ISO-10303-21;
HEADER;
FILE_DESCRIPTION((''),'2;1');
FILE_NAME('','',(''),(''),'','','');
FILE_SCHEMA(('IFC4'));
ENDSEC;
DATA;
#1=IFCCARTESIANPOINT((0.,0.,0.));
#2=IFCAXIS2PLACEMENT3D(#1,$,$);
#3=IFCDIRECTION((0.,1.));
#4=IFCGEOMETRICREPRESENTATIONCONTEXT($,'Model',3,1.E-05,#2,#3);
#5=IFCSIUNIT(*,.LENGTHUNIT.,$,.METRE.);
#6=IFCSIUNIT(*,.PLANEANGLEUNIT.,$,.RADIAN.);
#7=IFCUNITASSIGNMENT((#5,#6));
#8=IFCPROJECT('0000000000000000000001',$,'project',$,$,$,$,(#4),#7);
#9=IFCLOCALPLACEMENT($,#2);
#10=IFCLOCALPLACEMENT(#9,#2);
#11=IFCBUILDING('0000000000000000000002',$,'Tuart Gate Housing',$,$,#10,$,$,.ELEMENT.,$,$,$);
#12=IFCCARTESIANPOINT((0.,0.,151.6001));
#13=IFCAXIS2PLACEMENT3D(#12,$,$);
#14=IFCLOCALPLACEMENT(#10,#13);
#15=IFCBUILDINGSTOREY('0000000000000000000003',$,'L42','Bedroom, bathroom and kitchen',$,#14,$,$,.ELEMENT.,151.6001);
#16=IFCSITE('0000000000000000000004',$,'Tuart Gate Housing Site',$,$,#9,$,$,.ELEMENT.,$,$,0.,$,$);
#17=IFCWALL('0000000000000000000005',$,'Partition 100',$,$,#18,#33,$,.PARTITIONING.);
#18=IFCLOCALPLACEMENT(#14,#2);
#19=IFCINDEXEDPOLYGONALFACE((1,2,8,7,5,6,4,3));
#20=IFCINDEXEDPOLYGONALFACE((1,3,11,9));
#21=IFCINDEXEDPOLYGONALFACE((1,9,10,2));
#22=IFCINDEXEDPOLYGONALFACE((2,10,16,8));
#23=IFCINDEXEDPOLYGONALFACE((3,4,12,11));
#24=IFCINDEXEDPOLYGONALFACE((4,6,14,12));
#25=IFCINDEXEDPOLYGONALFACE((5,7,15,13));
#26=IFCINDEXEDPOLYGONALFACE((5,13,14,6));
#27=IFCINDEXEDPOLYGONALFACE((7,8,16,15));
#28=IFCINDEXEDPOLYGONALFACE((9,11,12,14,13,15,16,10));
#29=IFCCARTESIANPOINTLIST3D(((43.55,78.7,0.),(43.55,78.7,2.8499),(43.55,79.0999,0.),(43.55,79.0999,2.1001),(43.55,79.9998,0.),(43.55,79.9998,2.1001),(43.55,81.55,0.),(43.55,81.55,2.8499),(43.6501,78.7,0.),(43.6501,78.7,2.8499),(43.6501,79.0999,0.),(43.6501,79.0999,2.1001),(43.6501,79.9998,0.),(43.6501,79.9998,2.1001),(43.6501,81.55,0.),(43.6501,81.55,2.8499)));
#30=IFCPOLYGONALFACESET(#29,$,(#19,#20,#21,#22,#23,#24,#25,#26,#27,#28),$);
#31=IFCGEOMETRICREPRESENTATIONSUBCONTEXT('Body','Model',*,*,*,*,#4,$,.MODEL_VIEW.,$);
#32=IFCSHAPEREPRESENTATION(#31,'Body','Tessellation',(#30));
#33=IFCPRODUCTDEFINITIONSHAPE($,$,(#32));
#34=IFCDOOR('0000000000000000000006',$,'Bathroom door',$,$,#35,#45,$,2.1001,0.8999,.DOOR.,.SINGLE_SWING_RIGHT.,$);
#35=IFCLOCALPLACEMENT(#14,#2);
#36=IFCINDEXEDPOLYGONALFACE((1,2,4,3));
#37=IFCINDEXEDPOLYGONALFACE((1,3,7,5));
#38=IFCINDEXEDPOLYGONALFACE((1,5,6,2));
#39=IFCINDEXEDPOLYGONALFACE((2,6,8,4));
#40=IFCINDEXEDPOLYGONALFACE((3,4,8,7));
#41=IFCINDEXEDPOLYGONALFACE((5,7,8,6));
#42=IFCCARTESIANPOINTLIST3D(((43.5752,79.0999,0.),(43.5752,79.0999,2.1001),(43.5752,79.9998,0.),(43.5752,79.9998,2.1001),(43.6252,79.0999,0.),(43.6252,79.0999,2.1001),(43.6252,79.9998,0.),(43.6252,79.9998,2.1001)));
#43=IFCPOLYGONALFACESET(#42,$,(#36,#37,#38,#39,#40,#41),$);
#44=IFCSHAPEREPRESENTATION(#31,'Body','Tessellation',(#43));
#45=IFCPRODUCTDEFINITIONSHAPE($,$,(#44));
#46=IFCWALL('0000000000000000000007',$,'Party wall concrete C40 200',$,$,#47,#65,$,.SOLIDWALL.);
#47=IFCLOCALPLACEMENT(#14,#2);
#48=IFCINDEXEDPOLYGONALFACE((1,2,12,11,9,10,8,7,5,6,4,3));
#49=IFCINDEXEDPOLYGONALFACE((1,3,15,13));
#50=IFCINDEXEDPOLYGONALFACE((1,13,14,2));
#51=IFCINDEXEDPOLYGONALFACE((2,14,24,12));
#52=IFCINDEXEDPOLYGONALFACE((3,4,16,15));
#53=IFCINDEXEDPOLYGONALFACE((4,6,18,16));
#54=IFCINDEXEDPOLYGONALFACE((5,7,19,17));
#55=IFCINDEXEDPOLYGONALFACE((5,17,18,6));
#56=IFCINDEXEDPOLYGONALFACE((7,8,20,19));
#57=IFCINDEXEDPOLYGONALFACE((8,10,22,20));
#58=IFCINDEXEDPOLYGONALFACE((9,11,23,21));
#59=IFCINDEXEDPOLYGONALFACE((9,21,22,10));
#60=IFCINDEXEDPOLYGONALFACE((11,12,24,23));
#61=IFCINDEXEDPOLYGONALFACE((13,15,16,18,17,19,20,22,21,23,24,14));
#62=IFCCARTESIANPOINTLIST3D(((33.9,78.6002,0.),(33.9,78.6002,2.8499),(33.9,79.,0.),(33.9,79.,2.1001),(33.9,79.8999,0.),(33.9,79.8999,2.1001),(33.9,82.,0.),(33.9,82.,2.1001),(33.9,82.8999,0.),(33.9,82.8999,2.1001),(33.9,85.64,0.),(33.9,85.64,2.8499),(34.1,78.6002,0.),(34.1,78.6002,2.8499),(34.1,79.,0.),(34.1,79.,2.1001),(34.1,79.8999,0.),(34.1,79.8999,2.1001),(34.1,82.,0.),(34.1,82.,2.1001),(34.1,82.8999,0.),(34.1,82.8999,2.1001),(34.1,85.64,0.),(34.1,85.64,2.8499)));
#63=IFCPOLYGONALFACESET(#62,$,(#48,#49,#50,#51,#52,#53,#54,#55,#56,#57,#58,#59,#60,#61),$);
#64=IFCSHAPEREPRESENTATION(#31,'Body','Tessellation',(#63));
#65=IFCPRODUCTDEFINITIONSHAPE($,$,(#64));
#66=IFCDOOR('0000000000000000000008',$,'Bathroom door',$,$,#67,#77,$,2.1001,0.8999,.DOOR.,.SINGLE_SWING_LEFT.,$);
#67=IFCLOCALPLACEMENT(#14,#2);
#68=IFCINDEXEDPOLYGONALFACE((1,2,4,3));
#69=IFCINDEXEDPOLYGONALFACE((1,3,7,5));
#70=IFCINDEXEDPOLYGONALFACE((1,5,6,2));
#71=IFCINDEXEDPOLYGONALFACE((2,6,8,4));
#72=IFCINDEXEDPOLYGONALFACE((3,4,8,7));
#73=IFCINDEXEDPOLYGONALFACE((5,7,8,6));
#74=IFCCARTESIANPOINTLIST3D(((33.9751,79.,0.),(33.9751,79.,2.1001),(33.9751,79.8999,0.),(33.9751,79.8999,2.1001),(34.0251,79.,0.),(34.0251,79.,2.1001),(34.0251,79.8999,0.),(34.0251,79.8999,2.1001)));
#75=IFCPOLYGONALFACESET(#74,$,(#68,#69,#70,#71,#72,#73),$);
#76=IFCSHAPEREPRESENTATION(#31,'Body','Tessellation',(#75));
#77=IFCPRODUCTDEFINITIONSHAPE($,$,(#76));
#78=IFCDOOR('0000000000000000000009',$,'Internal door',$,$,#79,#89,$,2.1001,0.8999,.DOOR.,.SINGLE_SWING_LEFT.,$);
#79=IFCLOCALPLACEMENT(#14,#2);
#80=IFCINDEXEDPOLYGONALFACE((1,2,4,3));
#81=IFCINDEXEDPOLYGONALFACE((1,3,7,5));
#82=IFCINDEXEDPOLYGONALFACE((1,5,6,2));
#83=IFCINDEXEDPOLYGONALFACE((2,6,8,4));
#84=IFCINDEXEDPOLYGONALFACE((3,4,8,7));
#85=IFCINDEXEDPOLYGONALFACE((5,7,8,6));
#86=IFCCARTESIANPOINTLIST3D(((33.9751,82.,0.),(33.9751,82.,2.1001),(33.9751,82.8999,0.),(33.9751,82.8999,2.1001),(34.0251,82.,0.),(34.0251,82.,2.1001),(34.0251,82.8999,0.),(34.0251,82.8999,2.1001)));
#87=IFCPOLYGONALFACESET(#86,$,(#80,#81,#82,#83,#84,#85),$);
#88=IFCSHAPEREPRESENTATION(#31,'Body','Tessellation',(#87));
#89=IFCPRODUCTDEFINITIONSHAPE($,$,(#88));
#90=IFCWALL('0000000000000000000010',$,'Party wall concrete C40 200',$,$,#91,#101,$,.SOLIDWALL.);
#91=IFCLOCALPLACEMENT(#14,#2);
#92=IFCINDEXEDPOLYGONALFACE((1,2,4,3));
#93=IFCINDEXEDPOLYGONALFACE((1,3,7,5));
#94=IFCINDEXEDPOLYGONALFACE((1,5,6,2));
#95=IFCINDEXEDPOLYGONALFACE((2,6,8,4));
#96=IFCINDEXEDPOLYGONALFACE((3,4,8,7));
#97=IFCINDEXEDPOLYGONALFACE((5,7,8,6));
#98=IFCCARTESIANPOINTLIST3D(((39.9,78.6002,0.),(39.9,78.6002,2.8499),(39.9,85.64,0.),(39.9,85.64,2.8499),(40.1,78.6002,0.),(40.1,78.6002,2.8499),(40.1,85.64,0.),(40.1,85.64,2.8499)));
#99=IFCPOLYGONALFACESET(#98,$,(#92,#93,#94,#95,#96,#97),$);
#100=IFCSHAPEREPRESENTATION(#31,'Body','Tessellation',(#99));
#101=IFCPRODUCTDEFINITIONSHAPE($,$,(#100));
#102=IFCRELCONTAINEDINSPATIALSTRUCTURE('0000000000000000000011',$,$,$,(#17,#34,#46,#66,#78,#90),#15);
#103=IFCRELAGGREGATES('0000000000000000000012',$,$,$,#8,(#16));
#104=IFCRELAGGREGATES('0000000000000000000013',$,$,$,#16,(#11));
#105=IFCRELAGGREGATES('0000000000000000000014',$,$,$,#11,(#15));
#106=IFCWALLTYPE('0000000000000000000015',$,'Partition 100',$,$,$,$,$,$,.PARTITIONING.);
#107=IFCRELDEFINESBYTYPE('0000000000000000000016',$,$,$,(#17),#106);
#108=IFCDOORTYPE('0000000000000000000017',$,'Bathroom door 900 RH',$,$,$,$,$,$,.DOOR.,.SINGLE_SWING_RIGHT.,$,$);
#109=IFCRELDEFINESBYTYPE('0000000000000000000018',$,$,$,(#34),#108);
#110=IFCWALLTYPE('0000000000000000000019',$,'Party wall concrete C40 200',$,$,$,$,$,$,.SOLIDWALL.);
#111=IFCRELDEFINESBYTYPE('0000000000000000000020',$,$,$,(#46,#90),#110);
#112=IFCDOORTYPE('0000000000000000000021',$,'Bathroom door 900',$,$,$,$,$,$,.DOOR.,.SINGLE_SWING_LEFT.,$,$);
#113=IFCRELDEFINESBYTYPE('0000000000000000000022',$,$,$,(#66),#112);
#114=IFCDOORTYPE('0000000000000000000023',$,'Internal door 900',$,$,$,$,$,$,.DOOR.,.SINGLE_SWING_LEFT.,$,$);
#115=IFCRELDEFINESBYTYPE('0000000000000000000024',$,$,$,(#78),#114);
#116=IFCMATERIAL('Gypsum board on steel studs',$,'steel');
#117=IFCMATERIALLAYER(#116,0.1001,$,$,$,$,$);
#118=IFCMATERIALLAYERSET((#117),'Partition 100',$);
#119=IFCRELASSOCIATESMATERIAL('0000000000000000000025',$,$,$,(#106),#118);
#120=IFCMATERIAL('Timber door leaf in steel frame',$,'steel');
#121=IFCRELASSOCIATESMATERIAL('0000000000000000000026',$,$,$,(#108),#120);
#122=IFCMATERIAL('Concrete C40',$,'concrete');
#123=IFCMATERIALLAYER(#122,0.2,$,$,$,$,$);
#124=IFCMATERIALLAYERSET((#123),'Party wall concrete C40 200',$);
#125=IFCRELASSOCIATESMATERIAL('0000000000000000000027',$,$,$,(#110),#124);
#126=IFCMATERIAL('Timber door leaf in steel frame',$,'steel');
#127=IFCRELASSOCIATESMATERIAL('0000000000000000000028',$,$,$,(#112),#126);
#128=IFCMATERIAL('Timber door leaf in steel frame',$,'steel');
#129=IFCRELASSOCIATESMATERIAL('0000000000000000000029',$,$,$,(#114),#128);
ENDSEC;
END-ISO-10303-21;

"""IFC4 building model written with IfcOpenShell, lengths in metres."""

from ifc_helpers import new_model, si_unit, direction, frame, frame_2d, origin, place, context, subcontext, project, spatial, rectangle, extrude, material, layer, layer_set, type_object, element, fill, save


model = new_model("IFC4")

# Units and contexts
model_context = context("Model", 3, precision=1e-05, world=origin(), true_north=direction((0.0, 1.0)))
body_context = subcontext(model_context, "Body", "Model", "MODEL_VIEW")
ifc_project = project(units=[si_unit("LENGTHUNIT", "METRE"), si_unit("PLANEANGLEUNIT", "RADIAN")], contexts=[model_context])

# Site, building, storey
site_placement = place(None, origin())
site = spatial("IfcSite", under=ifc_project, at=site_placement, Name="Tuart Gate Housing Site", CompositionType="ELEMENT", RefElevation=0.0)
building_placement = place(site_placement, origin())
building = spatial("IfcBuilding", under=site, at=building_placement, Name="Tuart Gate Housing", CompositionType="ELEMENT")
storey_placement = place(building_placement, frame((0.0, 0.0, 151.6001)))
storey = spatial("IfcBuildingStorey", under=building, at=storey_placement, Name="L42", Description="Bedroom, bathroom and kitchen", CompositionType="ELEMENT", Elevation=151.6001)

# Shared definitions
ifc_material_1 = material(Name="Gypsum board on steel studs", Category="steel")
ifc_layer_1 = layer(ifc_material_1, 0.1001)
ifc_layer_set_1 = layer_set([ifc_layer_1], Name="Partition 100")
wall_type_1 = type_object("IfcWallType", Name="Partition 100", PredefinedType="PARTITIONING", material=ifc_layer_set_1)

# Wall, opening, door
wall_1_placement = place(storey_placement, frame((43.6001, 78.7, 0.0), z_axis=(0.0, 0.0, 1.0), x_axis=(0.0, 1.0, 0.0)))
wall_1 = element("IfcWall", 1, at=wall_1_placement, inside=storey, type_object=wall_type_1, Name="Partition 100", PredefinedType="PARTITIONING", context=body_context, shape_type="SweptSolid", body=[
    extrude(rectangle(XDim=2.8501, YDim=0.1001, at=frame_2d((1.425, 0.0))), origin(), (0.0, 0.0, 1.0), 2.8499),
])
opening_1_placement = place(wall_1_placement, frame((0.3999, 0.0, 0.0)))
opening_1 = element("IfcOpeningElement", 2, at=opening_1_placement, cuts=wall_1, PredefinedType="OPENING", context=body_context, shape_type="SweptSolid", body=[
    extrude(rectangle(XDim=0.8999, YDim=2.1001, at=frame_2d((0.45, 1.05))), frame((0.0, 0.0601, 0.0), z_axis=(0.0, -1.0, 0.0), x_axis=(1.0, 0.0, 0.0)), (0.0, 0.0, 1.0), 0.1201),
])
ifc_material_2 = material(Name="Timber door leaf in steel frame", Category="steel")
door_type_1 = type_object("IfcDoorType", Name="Bathroom door 900 RH", OperationType="SINGLE_SWING_RIGHT", PredefinedType="DOOR", material=ifc_material_2)
door_1_placement = place(opening_1_placement, frame((0.8999, 0.0, 0.0), z_axis=(0.0, 0.0, 1.0), x_axis=(-1.0, 0.0, 0.0)))
door_1 = element("IfcDoor", 3, at=door_1_placement, inside=storey, type_object=door_type_1, Name="Bathroom door", OperationType="SINGLE_SWING_RIGHT", OverallHeight=2.1001, OverallWidth=0.8999, PredefinedType="DOOR", context=body_context, shape_type="SweptSolid", body=[
    extrude(rectangle(XDim=0.8999, YDim=2.1001, at=frame_2d((0.45, 1.05))), frame((0.0, 0.0251, 0.0), z_axis=(0.0, -1.0, 0.0), x_axis=(1.0, 0.0, 0.0)), (0.0, 0.0, 1.0), 0.05),
])
fill(opening_1, door_1)

# Wall, openings, doors
ifc_material_3 = material(Name="Concrete C40", Category="concrete")
ifc_layer_2 = layer(ifc_material_3, 0.2)
ifc_layer_set_2 = layer_set([ifc_layer_2], Name="Party wall concrete C40 200")
wall_type_2 = type_object("IfcWallType", Name="Party wall concrete C40 200", PredefinedType="SOLIDWALL", material=ifc_layer_set_2)
wall_2_placement = place(storey_placement, frame((34.0, 78.6001, 0.0), z_axis=(0.0, 0.0, 1.0), x_axis=(0.0, 1.0, 0.0)))
wall_2 = element("IfcWall", 4, at=wall_2_placement, inside=storey, type_object=wall_type_2, Name="Party wall concrete C40 200", PredefinedType="SOLIDWALL", context=body_context, shape_type="SweptSolid", body=[
    extrude(rectangle(XDim=7.0398, YDim=0.2, at=frame_2d((3.52, 0.0))), origin(), (0.0, 0.0, 1.0), 2.8499),
])
opening_2_placement = place(wall_2_placement, frame((3.3999, 0.0, 0.0)))
opening_2 = element("IfcOpeningElement", 5, at=opening_2_placement, cuts=wall_2, PredefinedType="OPENING", context=body_context, shape_type="SweptSolid", body=[
    extrude(rectangle(XDim=0.8999, YDim=2.1001, at=frame_2d((0.45, 1.05))), frame((0.0, 0.1099, 0.0), z_axis=(0.0, -1.0, 0.0), x_axis=(1.0, 0.0, 0.0)), (0.0, 0.0, 1.0), 0.22),
])
opening_3_placement = place(wall_2_placement, frame((0.3999, 0.0, 0.0)))
opening_3 = element("IfcOpeningElement", 6, at=opening_3_placement, cuts=wall_2, PredefinedType="OPENING", context=body_context, shape_type="SweptSolid", body=[
    extrude(rectangle(XDim=0.8999, YDim=2.1001, at=frame_2d((0.45, 1.05))), frame((0.0, 0.1099, 0.0), z_axis=(0.0, -1.0, 0.0), x_axis=(1.0, 0.0, 0.0)), (0.0, 0.0, 1.0), 0.22),
])
ifc_material_4 = material(Name="Timber door leaf in steel frame", Category="steel")
door_type_2 = type_object("IfcDoorType", Name="Bathroom door 900", OperationType="SINGLE_SWING_LEFT", PredefinedType="DOOR", material=ifc_material_4)
door_2_placement = place(opening_3_placement, origin())
door_2 = element("IfcDoor", 7, at=door_2_placement, inside=storey, type_object=door_type_2, Name="Bathroom door", OperationType="SINGLE_SWING_LEFT", OverallHeight=2.1001, OverallWidth=0.8999, PredefinedType="DOOR", context=body_context, shape_type="SweptSolid", body=[
    extrude(rectangle(XDim=0.8999, YDim=2.1001, at=frame_2d((0.45, 1.05))), frame((0.0, 0.0249, 0.0), z_axis=(0.0, -1.0, 0.0), x_axis=(1.0, 0.0, 0.0)), (0.0, 0.0, 1.0), 0.05),
])
fill(opening_3, door_2)
ifc_material_5 = material(Name="Timber door leaf in steel frame", Category="steel")
door_type_3 = type_object("IfcDoorType", Name="Internal door 900", OperationType="SINGLE_SWING_LEFT", PredefinedType="DOOR", material=ifc_material_5)
door_3_placement = place(opening_2_placement, origin())
door_3 = element("IfcDoor", 8, at=door_3_placement, inside=storey, type_object=door_type_3, Name="Internal door", OperationType="SINGLE_SWING_LEFT", OverallHeight=2.1001, OverallWidth=0.8999, PredefinedType="DOOR", context=body_context, shape_type="SweptSolid", body=[
    extrude(rectangle(XDim=0.8999, YDim=2.1001, at=frame_2d((0.45, 1.05))), frame((0.0, 0.0249, 0.0), z_axis=(0.0, -1.0, 0.0), x_axis=(1.0, 0.0, 0.0)), (0.0, 0.0, 1.0), 0.05),
])
fill(opening_2, door_3)

# Wall
wall_3_placement = place(storey_placement, frame((40.0, 78.6001, 0.0), z_axis=(0.0, 0.0, 1.0), x_axis=(0.0, 1.0, 0.0)))
element("IfcWall", 9, at=wall_3_placement, inside=storey, type_object=wall_type_2, Name="Party wall concrete C40 200", PredefinedType="SOLIDWALL", context=body_context, shape_type="SweptSolid", body=[
    extrude(rectangle(XDim=7.0398, YDim=0.2, at=frame_2d((3.52, 0.0))), origin(), (0.0, 0.0, 1.0), 2.8499),
])

save(model, "model.ifc")
